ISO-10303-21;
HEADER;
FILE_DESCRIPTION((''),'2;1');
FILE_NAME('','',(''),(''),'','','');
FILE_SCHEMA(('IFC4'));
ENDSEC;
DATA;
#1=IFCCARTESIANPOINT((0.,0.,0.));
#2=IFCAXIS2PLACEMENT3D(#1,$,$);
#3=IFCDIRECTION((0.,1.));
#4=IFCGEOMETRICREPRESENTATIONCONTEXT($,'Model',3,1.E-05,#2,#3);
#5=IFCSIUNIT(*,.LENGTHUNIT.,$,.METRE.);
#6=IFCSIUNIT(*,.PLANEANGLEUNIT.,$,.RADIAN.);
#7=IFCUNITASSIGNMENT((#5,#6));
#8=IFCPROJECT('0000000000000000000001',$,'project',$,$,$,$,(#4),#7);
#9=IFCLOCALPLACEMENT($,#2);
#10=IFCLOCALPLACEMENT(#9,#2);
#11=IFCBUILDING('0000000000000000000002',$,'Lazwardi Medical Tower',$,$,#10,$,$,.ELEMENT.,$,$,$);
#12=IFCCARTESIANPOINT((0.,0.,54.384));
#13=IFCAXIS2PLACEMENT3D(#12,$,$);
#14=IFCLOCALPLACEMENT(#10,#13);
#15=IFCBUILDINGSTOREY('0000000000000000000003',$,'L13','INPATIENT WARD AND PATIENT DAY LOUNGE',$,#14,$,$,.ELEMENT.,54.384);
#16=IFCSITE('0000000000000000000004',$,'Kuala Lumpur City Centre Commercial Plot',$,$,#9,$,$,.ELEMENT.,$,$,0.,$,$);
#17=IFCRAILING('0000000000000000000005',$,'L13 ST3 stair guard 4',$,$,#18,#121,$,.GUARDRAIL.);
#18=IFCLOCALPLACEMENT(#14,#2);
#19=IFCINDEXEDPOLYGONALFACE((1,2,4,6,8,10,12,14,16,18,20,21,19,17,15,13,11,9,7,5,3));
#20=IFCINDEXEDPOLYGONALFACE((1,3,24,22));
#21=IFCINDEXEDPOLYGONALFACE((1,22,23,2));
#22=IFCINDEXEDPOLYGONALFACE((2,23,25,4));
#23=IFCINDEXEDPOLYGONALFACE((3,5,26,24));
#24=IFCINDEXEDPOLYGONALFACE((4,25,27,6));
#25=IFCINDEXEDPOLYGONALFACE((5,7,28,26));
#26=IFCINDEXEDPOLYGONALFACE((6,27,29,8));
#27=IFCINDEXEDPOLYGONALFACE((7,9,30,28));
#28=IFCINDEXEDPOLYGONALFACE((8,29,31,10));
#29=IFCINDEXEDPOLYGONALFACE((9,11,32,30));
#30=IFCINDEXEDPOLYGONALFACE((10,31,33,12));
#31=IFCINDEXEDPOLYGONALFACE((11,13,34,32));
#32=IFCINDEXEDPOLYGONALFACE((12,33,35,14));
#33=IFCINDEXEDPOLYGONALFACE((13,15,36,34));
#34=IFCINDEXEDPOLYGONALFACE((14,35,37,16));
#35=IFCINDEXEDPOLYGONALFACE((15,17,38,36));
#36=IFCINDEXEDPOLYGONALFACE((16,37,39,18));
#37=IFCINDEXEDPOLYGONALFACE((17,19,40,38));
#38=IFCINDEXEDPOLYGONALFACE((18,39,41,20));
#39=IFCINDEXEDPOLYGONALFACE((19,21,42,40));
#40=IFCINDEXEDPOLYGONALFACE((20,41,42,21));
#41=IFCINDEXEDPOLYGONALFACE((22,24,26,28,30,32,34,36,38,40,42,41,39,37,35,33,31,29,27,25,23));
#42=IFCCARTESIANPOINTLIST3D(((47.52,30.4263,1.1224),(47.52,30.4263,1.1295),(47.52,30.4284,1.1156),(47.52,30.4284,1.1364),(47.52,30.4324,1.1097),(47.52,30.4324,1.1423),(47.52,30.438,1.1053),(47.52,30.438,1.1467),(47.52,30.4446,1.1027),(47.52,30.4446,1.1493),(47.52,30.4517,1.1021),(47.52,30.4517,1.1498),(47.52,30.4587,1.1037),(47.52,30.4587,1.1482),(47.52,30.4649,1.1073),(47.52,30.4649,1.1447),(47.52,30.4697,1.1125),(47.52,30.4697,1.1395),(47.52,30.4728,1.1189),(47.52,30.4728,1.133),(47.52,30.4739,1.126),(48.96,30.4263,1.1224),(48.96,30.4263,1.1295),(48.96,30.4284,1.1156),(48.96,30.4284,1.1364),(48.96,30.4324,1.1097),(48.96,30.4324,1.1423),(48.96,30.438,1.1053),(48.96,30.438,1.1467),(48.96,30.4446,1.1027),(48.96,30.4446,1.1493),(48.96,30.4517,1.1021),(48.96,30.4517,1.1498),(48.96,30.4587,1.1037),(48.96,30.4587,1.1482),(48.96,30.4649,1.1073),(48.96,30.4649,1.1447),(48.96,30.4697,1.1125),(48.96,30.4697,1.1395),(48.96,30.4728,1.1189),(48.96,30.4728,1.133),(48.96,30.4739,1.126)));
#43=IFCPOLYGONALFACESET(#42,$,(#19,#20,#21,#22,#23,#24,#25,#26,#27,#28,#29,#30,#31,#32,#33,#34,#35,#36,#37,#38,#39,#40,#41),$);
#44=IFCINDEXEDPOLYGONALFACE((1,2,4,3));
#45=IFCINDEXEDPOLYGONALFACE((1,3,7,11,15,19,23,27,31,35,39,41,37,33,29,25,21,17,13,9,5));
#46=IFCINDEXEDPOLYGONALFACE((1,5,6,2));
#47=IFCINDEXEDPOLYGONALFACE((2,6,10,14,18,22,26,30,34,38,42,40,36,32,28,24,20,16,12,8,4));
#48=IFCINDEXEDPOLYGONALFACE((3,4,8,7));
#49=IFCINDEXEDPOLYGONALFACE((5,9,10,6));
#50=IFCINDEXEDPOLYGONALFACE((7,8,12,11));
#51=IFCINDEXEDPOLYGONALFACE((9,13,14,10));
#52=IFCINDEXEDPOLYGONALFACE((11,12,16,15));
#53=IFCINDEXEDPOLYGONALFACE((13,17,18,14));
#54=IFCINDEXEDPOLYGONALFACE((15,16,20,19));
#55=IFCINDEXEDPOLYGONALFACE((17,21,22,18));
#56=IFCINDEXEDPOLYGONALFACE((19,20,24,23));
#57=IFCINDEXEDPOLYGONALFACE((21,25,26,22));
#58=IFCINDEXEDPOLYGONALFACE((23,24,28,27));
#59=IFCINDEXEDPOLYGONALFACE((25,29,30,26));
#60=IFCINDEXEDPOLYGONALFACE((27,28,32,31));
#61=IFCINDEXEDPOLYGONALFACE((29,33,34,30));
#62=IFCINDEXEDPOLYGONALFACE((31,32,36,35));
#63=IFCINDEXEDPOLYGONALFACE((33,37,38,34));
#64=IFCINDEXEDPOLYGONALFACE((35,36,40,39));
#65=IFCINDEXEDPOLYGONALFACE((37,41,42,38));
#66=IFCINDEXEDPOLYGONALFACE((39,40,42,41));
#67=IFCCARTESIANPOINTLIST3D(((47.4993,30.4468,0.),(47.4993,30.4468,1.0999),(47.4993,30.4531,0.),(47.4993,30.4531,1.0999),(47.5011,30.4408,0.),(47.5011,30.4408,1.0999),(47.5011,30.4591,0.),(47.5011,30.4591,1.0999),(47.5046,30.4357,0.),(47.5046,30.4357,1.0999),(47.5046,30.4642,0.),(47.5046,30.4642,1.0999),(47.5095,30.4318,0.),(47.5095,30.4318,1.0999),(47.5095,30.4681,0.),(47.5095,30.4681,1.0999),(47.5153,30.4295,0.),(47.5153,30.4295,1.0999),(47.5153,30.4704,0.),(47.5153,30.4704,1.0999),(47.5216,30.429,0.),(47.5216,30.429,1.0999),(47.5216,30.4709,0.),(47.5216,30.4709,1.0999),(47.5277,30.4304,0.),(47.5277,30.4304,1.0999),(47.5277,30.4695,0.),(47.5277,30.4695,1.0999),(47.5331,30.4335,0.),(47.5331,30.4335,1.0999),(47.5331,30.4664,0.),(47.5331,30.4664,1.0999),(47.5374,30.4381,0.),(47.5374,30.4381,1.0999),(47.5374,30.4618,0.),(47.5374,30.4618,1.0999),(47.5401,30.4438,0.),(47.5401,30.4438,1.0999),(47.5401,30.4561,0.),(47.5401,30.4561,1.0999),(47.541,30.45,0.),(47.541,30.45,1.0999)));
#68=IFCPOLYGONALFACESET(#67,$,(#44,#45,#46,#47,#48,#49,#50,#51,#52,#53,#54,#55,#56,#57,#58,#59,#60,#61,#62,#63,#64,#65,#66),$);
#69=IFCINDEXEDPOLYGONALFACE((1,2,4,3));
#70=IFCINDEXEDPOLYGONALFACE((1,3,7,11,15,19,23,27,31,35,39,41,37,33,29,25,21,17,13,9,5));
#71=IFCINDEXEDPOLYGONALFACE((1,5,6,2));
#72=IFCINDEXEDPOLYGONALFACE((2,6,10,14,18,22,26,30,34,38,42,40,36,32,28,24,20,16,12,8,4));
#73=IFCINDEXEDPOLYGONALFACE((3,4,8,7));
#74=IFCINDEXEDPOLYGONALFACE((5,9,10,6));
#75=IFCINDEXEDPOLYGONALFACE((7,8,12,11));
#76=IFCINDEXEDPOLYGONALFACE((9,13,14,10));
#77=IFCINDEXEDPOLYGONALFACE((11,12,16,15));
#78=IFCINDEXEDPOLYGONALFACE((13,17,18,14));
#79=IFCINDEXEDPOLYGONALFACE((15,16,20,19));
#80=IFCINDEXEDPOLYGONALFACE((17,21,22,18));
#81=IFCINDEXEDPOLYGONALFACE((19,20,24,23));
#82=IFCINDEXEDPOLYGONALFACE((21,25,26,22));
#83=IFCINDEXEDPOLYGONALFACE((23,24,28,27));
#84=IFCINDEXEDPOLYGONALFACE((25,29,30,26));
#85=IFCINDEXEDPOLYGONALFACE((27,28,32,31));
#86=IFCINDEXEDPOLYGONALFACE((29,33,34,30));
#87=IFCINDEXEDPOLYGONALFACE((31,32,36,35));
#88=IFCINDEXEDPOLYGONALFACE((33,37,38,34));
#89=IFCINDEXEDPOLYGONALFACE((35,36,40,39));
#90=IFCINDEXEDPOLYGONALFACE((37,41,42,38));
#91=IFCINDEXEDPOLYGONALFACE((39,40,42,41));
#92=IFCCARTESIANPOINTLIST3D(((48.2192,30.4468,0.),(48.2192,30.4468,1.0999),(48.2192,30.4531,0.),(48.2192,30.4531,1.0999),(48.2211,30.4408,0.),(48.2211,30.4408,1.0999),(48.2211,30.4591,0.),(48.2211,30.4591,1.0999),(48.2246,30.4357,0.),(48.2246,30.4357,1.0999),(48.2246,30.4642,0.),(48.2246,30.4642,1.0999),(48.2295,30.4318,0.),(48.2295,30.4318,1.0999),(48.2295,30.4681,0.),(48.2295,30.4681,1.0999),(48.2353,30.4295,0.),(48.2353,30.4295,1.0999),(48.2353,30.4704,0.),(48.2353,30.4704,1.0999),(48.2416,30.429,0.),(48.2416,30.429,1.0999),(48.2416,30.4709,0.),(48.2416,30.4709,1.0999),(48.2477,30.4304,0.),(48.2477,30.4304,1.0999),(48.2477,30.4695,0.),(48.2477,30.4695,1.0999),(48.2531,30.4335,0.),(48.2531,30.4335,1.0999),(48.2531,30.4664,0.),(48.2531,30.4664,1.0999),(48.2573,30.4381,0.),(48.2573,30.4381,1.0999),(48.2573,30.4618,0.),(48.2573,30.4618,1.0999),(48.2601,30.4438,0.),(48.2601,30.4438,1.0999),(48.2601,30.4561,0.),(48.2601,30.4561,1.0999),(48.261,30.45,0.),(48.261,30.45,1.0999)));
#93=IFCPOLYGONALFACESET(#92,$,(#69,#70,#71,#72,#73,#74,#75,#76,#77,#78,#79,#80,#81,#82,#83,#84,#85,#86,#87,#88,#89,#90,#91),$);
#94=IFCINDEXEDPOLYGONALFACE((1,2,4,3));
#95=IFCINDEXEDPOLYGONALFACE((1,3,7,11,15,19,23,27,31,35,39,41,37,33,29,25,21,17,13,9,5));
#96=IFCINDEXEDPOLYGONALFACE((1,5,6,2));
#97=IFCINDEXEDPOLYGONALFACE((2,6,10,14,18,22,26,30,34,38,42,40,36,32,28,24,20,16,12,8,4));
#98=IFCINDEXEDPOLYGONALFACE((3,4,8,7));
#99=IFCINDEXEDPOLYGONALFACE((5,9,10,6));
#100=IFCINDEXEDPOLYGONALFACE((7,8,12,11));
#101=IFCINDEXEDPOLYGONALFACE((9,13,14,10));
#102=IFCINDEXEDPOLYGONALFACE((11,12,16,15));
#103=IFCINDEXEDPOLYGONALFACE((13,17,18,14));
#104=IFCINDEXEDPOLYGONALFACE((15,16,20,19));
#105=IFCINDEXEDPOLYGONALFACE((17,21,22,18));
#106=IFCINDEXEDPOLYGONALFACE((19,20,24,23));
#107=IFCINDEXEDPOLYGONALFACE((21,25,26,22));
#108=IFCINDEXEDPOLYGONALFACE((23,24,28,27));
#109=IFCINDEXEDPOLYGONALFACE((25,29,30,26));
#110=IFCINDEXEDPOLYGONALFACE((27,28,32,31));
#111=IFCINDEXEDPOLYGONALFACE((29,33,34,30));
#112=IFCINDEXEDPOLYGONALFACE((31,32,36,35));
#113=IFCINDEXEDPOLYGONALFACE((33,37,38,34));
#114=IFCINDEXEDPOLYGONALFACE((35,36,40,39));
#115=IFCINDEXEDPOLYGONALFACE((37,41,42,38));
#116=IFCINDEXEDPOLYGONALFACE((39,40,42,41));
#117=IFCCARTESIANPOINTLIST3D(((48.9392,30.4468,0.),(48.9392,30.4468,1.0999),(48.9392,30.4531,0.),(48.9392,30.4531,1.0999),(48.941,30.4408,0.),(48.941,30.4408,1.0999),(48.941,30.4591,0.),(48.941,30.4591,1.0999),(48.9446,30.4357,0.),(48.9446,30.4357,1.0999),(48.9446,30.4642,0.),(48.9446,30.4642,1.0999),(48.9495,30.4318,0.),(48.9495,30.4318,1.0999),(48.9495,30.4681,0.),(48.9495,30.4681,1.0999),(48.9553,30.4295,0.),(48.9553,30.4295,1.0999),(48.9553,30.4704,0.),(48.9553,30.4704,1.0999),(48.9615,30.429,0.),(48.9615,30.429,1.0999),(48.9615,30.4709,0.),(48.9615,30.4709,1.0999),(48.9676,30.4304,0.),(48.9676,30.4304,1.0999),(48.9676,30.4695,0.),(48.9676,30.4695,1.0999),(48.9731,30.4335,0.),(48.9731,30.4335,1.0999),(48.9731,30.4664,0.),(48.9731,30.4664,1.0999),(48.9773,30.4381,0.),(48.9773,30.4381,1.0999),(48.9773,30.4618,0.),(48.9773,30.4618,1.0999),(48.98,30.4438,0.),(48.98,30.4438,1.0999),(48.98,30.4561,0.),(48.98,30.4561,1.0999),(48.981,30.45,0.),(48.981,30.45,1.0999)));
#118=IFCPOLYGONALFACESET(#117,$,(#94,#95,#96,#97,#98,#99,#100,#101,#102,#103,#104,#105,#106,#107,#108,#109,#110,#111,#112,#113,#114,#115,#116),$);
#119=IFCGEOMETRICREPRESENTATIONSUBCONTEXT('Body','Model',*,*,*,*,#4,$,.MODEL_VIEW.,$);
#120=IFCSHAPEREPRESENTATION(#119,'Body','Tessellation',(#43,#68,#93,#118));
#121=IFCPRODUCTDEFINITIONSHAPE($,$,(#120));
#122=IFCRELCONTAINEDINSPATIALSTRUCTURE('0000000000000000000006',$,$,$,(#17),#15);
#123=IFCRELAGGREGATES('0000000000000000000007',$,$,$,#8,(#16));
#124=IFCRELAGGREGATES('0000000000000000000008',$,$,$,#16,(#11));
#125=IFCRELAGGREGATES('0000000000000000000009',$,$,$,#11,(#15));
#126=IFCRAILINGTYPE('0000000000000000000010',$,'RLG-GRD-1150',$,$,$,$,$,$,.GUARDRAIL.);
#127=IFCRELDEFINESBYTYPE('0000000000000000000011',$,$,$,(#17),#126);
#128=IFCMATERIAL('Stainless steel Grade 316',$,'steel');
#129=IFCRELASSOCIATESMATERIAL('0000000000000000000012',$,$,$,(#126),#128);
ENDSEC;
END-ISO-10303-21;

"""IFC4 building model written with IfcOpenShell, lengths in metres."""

from ifc_helpers import new_model, si_unit, direction, frame, origin, origin_2d, place, context, subcontext, project, spatial, circle, extrude, material, type_object, element, save


model = new_model("IFC4")

# Units and contexts
model_context = context("Model", 3, precision=1e-05, world=origin(), true_north=direction((0.0, 1.0)))
body_context = subcontext(model_context, "Body", "Model", "MODEL_VIEW")
ifc_project = project(units=[si_unit("LENGTHUNIT", "METRE"), si_unit("PLANEANGLEUNIT", "RADIAN")], contexts=[model_context])

# Site, building, storey
site_placement = place(None, origin())
site = spatial("IfcSite", under=ifc_project, at=site_placement, Name="Kuala Lumpur City Centre Commercial Plot", CompositionType="ELEMENT", RefElevation=0.0)
building_placement = place(site_placement, origin())
building = spatial("IfcBuilding", under=site, at=building_placement, Name="Lazwardi Medical Tower", CompositionType="ELEMENT")
storey_placement = place(building_placement, frame((0.0, 0.0, 54.384)))
storey = spatial("IfcBuildingStorey", under=building, at=storey_placement, Name="L13", Description="INPATIENT WARD AND PATIENT DAY LOUNGE", CompositionType="ELEMENT", Elevation=54.384)

# Railing
ifc_material_1 = material(Name="Stainless steel Grade 316", Category="steel")
railing_type_1 = type_object("IfcRailingType", Name="RLG-GRD-1150", PredefinedType="GUARDRAIL", material=ifc_material_1)
railing_1_placement = place(storey_placement, frame((47.52, 30.45, 0.0)))
element("IfcRailing", 1, at=railing_1_placement, inside=storey, type_object=railing_type_1, Name="L13 ST3 stair guard 4", PredefinedType="GUARDRAIL", context=body_context, shape_type="SweptSolid", body=[
    extrude(circle(Radius=0.0239, at=origin_2d()), frame((0.0, 0.0, 1.126), z_axis=(1.0, 0.0, 0.0), x_axis=(0.0, 1.0, 0.0)), (0.0, 0.0, 1.0), 1.4399),
    extrude(circle(Radius=0.021, at=origin_2d()), origin(), (0.0, 0.0, 1.0), 1.0999),
    extrude(circle(Radius=0.021, at=origin_2d()), frame((0.72, 0.0, 0.0)), (0.0, 0.0, 1.0), 1.0999),
    extrude(circle(Radius=0.021, at=origin_2d()), frame((1.4399, 0.0, 0.0)), (0.0, 0.0, 1.0), 1.0999),
])

save(model, "model.ifc")
